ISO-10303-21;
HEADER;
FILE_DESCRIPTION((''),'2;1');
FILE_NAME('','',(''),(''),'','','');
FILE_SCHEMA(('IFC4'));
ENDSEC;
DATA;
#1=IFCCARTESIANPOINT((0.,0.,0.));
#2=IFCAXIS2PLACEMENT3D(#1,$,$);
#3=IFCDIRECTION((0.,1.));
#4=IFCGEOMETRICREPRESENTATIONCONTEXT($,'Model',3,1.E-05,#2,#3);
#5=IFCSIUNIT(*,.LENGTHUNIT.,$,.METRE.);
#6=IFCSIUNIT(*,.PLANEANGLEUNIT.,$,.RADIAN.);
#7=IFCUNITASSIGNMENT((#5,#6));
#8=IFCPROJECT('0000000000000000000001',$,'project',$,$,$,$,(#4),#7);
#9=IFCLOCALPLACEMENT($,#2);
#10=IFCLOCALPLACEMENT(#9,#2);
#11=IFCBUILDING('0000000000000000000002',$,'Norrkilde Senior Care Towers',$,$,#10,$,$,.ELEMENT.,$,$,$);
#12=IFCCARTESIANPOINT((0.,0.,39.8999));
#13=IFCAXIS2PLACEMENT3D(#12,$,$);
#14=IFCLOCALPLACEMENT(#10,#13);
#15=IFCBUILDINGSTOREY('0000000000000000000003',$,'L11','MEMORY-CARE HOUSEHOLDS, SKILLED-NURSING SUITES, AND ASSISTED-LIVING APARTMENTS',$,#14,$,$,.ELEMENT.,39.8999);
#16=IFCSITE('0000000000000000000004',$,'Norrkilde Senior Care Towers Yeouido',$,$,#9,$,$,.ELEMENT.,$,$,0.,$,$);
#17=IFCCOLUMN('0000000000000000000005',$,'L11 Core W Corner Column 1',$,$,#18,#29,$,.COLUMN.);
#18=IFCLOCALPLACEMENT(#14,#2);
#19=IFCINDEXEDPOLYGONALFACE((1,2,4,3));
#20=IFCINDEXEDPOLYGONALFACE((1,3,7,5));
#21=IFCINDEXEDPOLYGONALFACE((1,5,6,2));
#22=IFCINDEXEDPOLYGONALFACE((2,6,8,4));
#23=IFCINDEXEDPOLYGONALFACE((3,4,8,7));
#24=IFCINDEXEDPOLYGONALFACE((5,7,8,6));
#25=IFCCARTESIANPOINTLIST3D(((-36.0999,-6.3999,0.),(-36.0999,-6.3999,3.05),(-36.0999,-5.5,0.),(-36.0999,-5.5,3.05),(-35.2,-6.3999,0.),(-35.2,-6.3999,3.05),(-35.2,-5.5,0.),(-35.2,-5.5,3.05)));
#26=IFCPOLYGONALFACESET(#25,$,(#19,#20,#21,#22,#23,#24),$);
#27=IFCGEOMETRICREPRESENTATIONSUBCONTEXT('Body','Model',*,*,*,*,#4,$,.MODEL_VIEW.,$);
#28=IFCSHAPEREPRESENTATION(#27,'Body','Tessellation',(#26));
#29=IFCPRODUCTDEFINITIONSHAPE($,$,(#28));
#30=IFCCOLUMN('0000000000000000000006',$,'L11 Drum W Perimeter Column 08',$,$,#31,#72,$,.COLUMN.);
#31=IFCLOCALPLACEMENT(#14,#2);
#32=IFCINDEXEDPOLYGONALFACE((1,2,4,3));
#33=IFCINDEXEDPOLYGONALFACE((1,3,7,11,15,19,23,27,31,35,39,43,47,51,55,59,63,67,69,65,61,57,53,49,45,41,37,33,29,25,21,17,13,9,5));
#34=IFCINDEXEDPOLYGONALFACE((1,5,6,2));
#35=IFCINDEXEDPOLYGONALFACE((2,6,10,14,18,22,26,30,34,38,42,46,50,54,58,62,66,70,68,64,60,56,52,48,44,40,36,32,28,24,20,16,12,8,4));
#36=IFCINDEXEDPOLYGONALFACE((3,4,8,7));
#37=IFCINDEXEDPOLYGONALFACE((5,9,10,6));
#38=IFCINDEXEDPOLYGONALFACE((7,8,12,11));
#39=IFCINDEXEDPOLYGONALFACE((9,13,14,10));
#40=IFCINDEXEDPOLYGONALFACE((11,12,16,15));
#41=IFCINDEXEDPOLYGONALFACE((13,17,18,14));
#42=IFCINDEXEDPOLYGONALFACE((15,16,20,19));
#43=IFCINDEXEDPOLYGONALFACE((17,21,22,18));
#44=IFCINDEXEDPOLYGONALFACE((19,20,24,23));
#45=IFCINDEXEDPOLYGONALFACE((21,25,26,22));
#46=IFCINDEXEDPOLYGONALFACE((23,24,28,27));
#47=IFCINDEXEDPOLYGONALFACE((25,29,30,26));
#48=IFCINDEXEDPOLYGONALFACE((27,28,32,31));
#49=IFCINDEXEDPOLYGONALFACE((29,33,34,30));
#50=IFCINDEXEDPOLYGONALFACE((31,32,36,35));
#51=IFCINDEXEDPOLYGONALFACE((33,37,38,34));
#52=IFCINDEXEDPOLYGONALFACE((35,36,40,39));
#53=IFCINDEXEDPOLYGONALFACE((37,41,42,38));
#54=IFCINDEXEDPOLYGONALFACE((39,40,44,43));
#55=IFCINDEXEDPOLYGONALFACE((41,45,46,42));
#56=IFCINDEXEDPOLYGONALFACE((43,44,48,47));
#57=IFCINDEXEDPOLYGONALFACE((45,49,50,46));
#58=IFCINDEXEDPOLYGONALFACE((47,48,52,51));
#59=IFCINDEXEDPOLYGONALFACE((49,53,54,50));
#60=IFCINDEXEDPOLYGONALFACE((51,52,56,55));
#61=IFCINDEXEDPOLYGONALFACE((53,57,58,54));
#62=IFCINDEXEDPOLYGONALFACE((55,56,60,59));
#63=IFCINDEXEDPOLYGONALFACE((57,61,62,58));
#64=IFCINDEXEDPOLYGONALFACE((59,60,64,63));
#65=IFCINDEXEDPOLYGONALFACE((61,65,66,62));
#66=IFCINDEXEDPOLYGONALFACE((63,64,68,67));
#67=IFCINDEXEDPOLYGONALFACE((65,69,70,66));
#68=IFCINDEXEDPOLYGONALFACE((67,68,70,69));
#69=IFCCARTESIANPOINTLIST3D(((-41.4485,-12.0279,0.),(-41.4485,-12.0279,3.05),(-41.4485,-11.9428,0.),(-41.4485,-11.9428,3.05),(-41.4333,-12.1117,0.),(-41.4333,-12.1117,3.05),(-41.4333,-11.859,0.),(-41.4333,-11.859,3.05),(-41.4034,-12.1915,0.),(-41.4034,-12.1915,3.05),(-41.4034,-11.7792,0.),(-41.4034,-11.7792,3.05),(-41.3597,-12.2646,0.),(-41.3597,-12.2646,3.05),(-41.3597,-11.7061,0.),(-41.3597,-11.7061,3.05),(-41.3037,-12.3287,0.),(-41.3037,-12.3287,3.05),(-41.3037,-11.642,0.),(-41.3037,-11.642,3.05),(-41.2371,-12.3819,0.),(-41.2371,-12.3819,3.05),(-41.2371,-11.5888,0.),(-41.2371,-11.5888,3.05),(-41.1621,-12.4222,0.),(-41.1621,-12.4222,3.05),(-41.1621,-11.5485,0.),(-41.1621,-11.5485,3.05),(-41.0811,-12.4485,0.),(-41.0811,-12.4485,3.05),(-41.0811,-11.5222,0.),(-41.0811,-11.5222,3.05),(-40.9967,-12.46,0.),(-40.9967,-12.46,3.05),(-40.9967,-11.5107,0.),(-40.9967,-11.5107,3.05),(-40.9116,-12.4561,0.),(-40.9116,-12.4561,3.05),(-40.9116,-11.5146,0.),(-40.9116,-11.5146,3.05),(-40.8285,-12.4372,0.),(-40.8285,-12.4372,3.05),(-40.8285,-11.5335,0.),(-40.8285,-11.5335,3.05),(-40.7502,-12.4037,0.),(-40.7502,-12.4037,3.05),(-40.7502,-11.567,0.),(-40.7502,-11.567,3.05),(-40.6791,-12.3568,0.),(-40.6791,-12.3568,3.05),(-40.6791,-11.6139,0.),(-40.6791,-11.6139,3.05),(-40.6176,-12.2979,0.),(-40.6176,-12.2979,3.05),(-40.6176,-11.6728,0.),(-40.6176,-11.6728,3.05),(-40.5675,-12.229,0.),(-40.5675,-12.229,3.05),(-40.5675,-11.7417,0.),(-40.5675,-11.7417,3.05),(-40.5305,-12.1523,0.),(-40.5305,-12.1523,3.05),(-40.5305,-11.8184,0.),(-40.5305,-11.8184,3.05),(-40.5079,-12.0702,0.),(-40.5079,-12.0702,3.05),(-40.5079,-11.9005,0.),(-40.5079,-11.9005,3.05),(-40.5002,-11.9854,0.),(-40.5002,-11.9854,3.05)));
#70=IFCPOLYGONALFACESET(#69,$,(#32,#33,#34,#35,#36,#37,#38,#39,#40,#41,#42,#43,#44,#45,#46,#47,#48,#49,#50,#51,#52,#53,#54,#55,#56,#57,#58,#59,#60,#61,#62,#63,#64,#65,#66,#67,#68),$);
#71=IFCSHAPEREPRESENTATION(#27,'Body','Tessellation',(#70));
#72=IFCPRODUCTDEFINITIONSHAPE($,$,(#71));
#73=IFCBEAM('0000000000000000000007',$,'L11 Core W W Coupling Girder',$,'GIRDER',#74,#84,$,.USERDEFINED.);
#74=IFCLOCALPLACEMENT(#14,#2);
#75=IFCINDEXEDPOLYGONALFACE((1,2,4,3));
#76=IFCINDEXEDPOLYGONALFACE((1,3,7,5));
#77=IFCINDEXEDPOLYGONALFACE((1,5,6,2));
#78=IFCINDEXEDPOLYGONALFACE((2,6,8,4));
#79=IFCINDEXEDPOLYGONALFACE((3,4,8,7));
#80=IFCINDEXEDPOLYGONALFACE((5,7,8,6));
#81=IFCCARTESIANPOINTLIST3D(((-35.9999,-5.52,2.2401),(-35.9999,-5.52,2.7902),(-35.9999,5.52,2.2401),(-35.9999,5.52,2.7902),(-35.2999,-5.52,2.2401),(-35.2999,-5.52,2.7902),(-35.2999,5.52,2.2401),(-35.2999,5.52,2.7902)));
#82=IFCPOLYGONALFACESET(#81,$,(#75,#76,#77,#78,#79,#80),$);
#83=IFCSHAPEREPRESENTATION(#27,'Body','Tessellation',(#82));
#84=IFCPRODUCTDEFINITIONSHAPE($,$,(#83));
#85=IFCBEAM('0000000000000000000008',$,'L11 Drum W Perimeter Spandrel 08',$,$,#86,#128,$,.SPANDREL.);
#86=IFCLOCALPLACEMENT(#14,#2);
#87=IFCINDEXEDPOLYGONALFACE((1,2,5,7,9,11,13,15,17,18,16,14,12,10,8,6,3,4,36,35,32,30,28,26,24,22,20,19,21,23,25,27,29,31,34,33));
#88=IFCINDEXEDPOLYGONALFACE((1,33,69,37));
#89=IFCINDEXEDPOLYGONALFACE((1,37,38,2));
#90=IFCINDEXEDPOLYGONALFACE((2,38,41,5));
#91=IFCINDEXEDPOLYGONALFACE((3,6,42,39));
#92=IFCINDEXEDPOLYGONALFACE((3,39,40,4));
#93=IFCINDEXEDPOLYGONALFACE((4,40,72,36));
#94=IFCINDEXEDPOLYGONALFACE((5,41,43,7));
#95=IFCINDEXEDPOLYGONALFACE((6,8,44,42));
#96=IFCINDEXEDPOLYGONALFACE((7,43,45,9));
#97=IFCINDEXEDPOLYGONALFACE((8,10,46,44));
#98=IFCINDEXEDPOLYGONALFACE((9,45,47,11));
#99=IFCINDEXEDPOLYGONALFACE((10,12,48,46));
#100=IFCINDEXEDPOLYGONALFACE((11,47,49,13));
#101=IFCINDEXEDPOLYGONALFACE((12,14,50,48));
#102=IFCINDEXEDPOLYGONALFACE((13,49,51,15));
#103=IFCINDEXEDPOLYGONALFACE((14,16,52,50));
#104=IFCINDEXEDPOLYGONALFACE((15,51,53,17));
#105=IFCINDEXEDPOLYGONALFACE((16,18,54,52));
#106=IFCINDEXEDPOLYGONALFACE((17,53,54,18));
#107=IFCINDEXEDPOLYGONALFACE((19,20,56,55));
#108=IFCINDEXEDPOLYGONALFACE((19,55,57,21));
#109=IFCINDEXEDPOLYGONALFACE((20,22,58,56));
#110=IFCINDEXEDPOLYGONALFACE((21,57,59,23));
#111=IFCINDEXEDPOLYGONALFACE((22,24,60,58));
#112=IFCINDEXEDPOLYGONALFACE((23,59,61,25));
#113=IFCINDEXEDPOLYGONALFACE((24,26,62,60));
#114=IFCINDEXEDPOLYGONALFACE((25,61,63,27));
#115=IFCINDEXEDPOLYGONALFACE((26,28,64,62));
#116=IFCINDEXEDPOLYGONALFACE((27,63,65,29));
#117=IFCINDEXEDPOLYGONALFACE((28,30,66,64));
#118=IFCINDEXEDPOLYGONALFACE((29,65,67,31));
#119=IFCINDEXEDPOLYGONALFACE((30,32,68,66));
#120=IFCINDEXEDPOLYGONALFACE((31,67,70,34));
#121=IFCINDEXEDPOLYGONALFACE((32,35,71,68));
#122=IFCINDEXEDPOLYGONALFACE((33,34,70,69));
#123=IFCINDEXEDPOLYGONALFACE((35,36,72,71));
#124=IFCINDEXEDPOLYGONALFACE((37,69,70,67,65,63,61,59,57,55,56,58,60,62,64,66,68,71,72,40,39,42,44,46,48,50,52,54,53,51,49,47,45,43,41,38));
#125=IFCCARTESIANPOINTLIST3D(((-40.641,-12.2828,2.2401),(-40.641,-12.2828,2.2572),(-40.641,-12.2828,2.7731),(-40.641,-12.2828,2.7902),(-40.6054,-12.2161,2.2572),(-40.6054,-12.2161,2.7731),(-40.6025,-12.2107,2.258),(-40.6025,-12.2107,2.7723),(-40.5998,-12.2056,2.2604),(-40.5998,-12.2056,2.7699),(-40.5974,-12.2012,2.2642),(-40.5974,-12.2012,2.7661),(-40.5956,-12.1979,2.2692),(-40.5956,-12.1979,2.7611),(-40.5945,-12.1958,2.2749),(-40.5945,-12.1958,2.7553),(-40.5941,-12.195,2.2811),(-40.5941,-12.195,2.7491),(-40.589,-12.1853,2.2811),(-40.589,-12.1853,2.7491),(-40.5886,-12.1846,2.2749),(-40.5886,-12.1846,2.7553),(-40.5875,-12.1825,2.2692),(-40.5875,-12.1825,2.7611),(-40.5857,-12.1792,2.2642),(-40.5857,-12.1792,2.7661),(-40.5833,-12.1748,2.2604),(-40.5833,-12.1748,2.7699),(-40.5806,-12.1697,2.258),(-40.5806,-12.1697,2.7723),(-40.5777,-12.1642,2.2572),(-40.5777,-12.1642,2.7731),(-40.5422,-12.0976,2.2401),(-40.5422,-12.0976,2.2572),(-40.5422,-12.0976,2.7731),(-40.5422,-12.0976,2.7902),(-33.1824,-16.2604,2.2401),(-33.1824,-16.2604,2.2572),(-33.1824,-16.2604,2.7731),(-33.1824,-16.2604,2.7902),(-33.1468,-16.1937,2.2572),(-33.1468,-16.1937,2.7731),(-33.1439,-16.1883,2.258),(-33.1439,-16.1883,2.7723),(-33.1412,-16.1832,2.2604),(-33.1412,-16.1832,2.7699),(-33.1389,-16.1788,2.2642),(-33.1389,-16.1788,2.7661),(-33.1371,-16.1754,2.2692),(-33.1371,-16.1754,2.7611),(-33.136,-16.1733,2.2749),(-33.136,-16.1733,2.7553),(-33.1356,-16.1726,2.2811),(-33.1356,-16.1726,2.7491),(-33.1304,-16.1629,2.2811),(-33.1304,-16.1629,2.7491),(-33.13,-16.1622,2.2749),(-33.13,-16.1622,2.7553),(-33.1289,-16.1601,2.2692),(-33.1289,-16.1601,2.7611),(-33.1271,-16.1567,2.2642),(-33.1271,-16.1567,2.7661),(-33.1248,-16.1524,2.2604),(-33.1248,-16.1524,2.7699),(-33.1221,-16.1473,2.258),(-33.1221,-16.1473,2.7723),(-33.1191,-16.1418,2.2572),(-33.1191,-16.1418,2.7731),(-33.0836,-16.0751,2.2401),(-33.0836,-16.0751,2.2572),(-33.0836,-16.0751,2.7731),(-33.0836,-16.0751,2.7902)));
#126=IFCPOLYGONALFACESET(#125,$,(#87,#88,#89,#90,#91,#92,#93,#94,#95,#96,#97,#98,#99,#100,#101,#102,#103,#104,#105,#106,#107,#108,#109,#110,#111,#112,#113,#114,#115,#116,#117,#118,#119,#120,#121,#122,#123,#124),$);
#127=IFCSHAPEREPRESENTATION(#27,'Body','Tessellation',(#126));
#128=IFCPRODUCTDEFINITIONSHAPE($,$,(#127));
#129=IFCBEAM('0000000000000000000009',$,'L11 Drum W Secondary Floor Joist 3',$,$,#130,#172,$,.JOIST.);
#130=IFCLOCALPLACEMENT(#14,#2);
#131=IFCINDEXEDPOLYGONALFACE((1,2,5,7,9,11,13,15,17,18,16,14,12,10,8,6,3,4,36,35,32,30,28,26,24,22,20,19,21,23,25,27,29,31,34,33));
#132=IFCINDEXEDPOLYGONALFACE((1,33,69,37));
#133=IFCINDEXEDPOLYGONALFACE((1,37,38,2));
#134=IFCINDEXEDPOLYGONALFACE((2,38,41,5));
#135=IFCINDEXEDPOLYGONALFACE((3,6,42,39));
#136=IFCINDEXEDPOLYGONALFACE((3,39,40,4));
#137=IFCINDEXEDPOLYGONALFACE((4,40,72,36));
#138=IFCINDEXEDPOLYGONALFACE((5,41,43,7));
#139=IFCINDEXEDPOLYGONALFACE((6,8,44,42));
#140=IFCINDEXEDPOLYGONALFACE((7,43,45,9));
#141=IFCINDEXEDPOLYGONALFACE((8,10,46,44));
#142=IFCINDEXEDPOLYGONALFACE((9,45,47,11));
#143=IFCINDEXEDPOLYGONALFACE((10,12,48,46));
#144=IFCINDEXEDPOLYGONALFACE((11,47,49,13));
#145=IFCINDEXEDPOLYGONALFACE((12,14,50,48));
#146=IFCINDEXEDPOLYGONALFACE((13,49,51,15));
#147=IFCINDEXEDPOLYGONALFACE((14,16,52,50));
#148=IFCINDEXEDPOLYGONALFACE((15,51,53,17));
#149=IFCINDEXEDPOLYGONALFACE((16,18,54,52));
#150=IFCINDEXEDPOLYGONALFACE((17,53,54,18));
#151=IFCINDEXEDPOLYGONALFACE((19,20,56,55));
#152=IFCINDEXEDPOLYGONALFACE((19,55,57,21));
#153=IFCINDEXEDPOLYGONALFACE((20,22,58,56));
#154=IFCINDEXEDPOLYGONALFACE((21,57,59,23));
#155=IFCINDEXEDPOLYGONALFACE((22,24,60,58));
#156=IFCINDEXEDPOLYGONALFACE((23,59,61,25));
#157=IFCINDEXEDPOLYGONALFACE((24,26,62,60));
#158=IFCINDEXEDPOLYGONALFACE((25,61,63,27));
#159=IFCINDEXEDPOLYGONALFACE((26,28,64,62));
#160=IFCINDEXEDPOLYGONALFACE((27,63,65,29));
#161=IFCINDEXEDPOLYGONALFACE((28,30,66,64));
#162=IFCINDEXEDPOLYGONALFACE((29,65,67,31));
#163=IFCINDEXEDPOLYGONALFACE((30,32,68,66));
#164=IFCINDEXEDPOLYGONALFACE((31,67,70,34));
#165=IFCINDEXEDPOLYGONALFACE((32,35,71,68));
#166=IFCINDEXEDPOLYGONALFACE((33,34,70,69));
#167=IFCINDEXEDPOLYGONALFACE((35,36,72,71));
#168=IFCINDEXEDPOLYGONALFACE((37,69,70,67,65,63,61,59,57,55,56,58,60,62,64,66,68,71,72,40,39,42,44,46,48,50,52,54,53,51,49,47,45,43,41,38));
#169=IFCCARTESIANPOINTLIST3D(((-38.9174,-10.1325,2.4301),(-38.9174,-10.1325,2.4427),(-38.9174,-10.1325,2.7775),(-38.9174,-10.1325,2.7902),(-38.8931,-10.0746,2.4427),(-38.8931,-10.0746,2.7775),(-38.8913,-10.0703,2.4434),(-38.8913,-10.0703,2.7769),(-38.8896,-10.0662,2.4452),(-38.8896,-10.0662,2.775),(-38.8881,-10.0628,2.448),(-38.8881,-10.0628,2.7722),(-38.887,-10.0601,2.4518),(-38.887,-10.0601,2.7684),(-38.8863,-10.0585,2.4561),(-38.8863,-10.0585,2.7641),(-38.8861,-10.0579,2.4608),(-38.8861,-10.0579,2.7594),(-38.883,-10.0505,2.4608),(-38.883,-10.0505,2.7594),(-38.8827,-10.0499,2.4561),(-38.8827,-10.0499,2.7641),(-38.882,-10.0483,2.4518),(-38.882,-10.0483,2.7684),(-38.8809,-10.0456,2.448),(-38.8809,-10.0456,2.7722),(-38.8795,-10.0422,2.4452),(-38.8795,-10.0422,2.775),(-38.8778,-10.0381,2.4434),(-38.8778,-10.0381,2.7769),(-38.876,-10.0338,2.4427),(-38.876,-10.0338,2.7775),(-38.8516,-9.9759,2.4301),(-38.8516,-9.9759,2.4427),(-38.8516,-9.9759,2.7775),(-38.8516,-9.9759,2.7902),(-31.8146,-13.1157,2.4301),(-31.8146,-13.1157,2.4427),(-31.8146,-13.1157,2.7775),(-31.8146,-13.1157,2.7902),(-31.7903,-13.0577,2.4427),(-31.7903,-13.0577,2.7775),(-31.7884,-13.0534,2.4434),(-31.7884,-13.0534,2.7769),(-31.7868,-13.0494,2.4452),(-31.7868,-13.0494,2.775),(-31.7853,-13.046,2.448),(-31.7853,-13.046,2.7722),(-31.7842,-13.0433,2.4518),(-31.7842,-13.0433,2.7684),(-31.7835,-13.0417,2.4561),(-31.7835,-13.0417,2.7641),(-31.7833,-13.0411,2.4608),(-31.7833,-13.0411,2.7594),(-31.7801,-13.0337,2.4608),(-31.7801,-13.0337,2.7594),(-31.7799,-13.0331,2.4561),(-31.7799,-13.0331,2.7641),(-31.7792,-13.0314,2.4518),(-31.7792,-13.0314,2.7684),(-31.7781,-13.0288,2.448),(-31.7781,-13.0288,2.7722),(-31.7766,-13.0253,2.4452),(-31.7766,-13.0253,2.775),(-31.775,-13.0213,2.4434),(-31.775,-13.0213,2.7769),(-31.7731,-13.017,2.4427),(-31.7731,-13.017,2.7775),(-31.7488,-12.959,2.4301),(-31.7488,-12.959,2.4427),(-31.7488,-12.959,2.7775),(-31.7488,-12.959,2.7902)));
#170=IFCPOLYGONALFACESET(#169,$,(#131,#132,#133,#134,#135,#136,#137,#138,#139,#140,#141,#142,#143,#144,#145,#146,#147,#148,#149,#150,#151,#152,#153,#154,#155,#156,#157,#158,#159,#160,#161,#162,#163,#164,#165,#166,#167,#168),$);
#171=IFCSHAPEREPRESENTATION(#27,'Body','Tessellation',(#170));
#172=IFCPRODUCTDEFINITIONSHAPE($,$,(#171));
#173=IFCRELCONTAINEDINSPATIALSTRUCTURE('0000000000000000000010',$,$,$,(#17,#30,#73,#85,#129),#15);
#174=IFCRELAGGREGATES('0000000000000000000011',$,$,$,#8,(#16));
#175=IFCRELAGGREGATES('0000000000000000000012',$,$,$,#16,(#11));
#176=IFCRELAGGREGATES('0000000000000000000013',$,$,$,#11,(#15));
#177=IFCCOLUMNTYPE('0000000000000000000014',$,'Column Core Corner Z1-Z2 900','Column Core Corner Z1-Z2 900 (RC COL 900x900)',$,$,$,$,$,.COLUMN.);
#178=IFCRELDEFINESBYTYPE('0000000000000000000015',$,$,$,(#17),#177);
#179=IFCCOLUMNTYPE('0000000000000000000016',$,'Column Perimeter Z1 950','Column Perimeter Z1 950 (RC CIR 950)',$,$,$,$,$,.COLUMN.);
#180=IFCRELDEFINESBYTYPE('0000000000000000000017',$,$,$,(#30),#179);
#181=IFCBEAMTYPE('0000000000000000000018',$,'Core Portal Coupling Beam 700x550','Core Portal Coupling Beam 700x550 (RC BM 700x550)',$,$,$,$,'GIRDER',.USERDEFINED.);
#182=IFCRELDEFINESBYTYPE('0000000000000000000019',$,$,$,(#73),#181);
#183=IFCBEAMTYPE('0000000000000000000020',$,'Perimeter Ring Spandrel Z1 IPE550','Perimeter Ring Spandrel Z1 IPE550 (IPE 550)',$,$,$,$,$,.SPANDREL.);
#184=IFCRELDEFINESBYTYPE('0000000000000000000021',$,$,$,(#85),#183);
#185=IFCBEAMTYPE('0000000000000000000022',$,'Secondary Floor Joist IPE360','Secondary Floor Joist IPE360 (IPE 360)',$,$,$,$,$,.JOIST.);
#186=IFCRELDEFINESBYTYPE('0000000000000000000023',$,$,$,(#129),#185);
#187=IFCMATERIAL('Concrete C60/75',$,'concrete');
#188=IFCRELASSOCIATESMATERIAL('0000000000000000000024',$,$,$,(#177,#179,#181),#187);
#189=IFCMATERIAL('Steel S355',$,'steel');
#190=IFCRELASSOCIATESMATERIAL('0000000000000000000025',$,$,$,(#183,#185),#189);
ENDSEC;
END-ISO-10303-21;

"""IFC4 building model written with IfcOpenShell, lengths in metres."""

from ifc_helpers import new_model, si_unit, direction, frame, origin, origin_2d, place, context, subcontext, project, spatial, rectangle, circle, i_section, extrude, source, transform, mapped, material, material_profile, profile_set, type_object, type_shapes, element, save


model = new_model("IFC4")

# Units and contexts
model_context = context("Model", 3, precision=1e-05, world=origin(), true_north=direction((0.0, 1.0)))
body_context = subcontext(model_context, "Body", "Model", "MODEL_VIEW")
ifc_project = project(units=[si_unit("LENGTHUNIT", "METRE"), si_unit("PLANEANGLEUNIT", "RADIAN")], contexts=[model_context])

# Site, building, storey
site_placement = place(None, origin())
site = spatial("IfcSite", under=ifc_project, at=site_placement, Name="Norrkilde Senior Care Towers Yeouido", CompositionType="ELEMENT", RefElevation=0.0)
building_placement = place(site_placement, origin())
building = spatial("IfcBuilding", under=site, at=building_placement, Name="Norrkilde Senior Care Towers", CompositionType="ELEMENT")
storey_placement = place(building_placement, frame((0.0, 0.0, 39.8999)))
storey = spatial("IfcBuildingStorey", under=building, at=storey_placement, Name="L11", Description="MEMORY-CARE HOUSEHOLDS, SKILLED-NURSING SUITES, AND ASSISTED-LIVING APARTMENTS", CompositionType="ELEMENT", Elevation=39.8999)

# Columns
ifc_material_1 = material(Name="Concrete C60/75", Category="concrete")
ifc_material_profile_1 = material_profile(ifc_material_1, rectangle(XDim=0.8999, YDim=0.8999, at=origin_2d()), Name="RC COL 900x900")
ifc_profile_set_1 = profile_set([ifc_material_profile_1], Name="Concrete C60/75")
column_type_1 = type_object("IfcColumnType", Name="Column Core Corner Z1-Z2 900", Description="Column Core Corner Z1-Z2 900 (RC COL 900x900)", PredefinedType="COLUMN", material=ifc_profile_set_1)
shared_shape_1 = source(origin(), body_context, "Body", "SweptSolid", [
    extrude(rectangle(XDim=0.8999, YDim=0.8999, at=origin_2d()), origin(), (0.0, 0.0, 1.0), 3.05),
])
type_shapes(column_type_1, [shared_shape_1])
column_1_placement = place(storey_placement, frame((-35.6499, -5.95, 0.0), z_axis=(0.0, 0.0, 1.0), x_axis=(1.0, 0.0, 0.0)))
element("IfcColumn", 1, at=column_1_placement, inside=storey, type_object=column_type_1, Name="L11 Core W Corner Column 1", PredefinedType="COLUMN", context=body_context, shape_type="MappedRepresentation", body=[
    mapped(shared_shape_1, transform((0.0, 0.0, 0.0), x_axis=(1.0, 0.0, 0.0), y_axis=(0.0, 1.0, 0.0), z_axis=(0.0, 0.0, 1.0), scale=1.0)),
])
ifc_material_profile_2 = material_profile(ifc_material_1, circle(Radius=0.4751, at=origin_2d()), Name="RC CIR 950")
ifc_profile_set_2 = profile_set([ifc_material_profile_2], Name="Concrete C60/75")
column_type_2 = type_object("IfcColumnType", Name="Column Perimeter Z1 950", Description="Column Perimeter Z1 950 (RC CIR 950)", PredefinedType="COLUMN", material=ifc_profile_set_2)
shared_shape_2 = source(origin(), body_context, "Body", "SweptSolid", [
    extrude(circle(Radius=0.4751, at=origin_2d()), origin(), (0.0, 0.0, 1.0), 3.05),
])
type_shapes(column_type_2, [shared_shape_2])
column_2_placement = place(storey_placement, frame((-40.9753, -11.9854, 0.0), z_axis=(0.0, 0.0, 1.0), x_axis=(1.0, 0.0, 0.0)))
element("IfcColumn", 2, at=column_2_placement, inside=storey, type_object=column_type_2, Name="L11 Drum W Perimeter Column 08", PredefinedType="COLUMN", context=body_context, shape_type="MappedRepresentation", body=[
    mapped(shared_shape_2, transform((0.0, 0.0, 0.0), x_axis=(1.0, 0.0, 0.0), y_axis=(0.0, 1.0, 0.0), z_axis=(0.0, 0.0, 1.0), scale=1.0)),
])

# Beams
ifc_material_profile_3 = material_profile(ifc_material_1, rectangle(XDim=0.7, YDim=0.55, at=origin_2d()), Name="RC BM 700x550")
ifc_profile_set_3 = profile_set([ifc_material_profile_3], Name="Concrete C60/75")
beam_type_1 = type_object("IfcBeamType", Name="Core Portal Coupling Beam 700x550", Description="Core Portal Coupling Beam 700x550 (RC BM 700x550)", ElementType="GIRDER", PredefinedType="USERDEFINED", material=ifc_profile_set_3)
shared_shape_3 = source(origin(), body_context, "Body", "SweptSolid", [
    extrude(rectangle(XDim=0.7, YDim=0.55, at=origin_2d()), origin(), (0.0, 0.0, 1.0), 11.04),
])
type_shapes(beam_type_1, [shared_shape_3])
beam_1_placement = place(storey_placement, frame((-35.6499, -5.52, 2.5151), z_axis=(0.0, 1.0, 0.0), x_axis=(-1.0, 0.0, 0.0)))
element("IfcBeam", 3, at=beam_1_placement, inside=storey, type_object=beam_type_1, Name="L11 Core W W Coupling Girder", ObjectType="GIRDER", PredefinedType="USERDEFINED", context=body_context, shape_type="MappedRepresentation", body=[
    mapped(shared_shape_3, transform((0.0, 0.0, 0.0), x_axis=(1.0, 0.0, 0.0), y_axis=(0.0, 1.0, 0.0), z_axis=(0.0, 0.0, 1.0), scale=1.0)),
])
ifc_material_2 = material(Name="Steel S355", Category="steel")
ifc_material_profile_4 = material_profile(ifc_material_2, i_section(OverallWidth=0.21, OverallDepth=0.55, WebThickness=0.011, FlangeThickness=0.0171, FilletRadius=0.0239, at=origin_2d()), Name="IPE 550")
ifc_profile_set_4 = profile_set([ifc_material_profile_4], Name="Steel S355")
beam_type_2 = type_object("IfcBeamType", Name="Perimeter Ring Spandrel Z1 IPE550", Description="Perimeter Ring Spandrel Z1 IPE550 (IPE 550)", PredefinedType="SPANDREL", material=ifc_profile_set_4)
shared_shape_4 = source(origin(), body_context, "Body", "SweptSolid", [
    extrude(i_section(OverallWidth=0.21, OverallDepth=0.55, WebThickness=0.011, FlangeThickness=0.0171, FilletRadius=0.0239, at=origin_2d()), origin(), (0.0, 0.0, 1.0), 8.4529),
])
type_shapes(beam_type_2, [shared_shape_4])
beam_2_placement = place(storey_placement, frame((-40.5916, -12.1902, 2.5151), z_axis=(0.882369, -0.470558, 0.0), x_axis=(0.470558, 0.882369, 0.0)))
element("IfcBeam", 4, at=beam_2_placement, inside=storey, type_object=beam_type_2, Name="L11 Drum W Perimeter Spandrel 08", PredefinedType="SPANDREL", context=body_context, shape_type="MappedRepresentation", body=[
    mapped(shared_shape_4, transform((0.0, 0.0, 0.0), x_axis=(1.0, 0.0, 0.0), y_axis=(0.0, 1.0, 0.0), z_axis=(0.0, 0.0, 1.0), scale=1.0)),
])
ifc_material_profile_5 = material_profile(ifc_material_2, i_section(OverallWidth=0.1699, OverallDepth=0.3601, WebThickness=0.0081, FlangeThickness=0.0127, FilletRadius=0.0181, at=origin_2d()), Name="IPE 360")
ifc_profile_set_5 = profile_set([ifc_material_profile_5], Name="Steel S355")
beam_type_3 = type_object("IfcBeamType", Name="Secondary Floor Joist IPE360", Description="Secondary Floor Joist IPE360 (IPE 360)", PredefinedType="JOIST", material=ifc_profile_set_5)
shared_shape_5 = source(origin(), body_context, "Body", "SweptSolid", [
    extrude(i_section(OverallWidth=0.1699, OverallDepth=0.3601, WebThickness=0.0081, FlangeThickness=0.0127, FilletRadius=0.0181, at=origin_2d()), origin(), (0.0, 0.0, 1.0), 7.7039),
])
type_shapes(beam_type_3, [shared_shape_5])
beam_3_placement = place(storey_placement, frame((-38.8845, -10.0542, 2.6101), z_axis=(0.921983, -0.387231, 0.0), x_axis=(0.387231, 0.921983, 0.0)))
element("IfcBeam", 5, at=beam_3_placement, inside=storey, type_object=beam_type_3, Name="L11 Drum W Secondary Floor Joist 3", PredefinedType="JOIST", context=body_context, shape_type="MappedRepresentation", body=[
    mapped(shared_shape_5, transform((0.0, 0.0, 0.0), x_axis=(1.0, 0.0, 0.0), y_axis=(0.0, 1.0, 0.0), z_axis=(0.0, 0.0, 1.0), scale=1.0)),
])

save(model, "model.ifc")
